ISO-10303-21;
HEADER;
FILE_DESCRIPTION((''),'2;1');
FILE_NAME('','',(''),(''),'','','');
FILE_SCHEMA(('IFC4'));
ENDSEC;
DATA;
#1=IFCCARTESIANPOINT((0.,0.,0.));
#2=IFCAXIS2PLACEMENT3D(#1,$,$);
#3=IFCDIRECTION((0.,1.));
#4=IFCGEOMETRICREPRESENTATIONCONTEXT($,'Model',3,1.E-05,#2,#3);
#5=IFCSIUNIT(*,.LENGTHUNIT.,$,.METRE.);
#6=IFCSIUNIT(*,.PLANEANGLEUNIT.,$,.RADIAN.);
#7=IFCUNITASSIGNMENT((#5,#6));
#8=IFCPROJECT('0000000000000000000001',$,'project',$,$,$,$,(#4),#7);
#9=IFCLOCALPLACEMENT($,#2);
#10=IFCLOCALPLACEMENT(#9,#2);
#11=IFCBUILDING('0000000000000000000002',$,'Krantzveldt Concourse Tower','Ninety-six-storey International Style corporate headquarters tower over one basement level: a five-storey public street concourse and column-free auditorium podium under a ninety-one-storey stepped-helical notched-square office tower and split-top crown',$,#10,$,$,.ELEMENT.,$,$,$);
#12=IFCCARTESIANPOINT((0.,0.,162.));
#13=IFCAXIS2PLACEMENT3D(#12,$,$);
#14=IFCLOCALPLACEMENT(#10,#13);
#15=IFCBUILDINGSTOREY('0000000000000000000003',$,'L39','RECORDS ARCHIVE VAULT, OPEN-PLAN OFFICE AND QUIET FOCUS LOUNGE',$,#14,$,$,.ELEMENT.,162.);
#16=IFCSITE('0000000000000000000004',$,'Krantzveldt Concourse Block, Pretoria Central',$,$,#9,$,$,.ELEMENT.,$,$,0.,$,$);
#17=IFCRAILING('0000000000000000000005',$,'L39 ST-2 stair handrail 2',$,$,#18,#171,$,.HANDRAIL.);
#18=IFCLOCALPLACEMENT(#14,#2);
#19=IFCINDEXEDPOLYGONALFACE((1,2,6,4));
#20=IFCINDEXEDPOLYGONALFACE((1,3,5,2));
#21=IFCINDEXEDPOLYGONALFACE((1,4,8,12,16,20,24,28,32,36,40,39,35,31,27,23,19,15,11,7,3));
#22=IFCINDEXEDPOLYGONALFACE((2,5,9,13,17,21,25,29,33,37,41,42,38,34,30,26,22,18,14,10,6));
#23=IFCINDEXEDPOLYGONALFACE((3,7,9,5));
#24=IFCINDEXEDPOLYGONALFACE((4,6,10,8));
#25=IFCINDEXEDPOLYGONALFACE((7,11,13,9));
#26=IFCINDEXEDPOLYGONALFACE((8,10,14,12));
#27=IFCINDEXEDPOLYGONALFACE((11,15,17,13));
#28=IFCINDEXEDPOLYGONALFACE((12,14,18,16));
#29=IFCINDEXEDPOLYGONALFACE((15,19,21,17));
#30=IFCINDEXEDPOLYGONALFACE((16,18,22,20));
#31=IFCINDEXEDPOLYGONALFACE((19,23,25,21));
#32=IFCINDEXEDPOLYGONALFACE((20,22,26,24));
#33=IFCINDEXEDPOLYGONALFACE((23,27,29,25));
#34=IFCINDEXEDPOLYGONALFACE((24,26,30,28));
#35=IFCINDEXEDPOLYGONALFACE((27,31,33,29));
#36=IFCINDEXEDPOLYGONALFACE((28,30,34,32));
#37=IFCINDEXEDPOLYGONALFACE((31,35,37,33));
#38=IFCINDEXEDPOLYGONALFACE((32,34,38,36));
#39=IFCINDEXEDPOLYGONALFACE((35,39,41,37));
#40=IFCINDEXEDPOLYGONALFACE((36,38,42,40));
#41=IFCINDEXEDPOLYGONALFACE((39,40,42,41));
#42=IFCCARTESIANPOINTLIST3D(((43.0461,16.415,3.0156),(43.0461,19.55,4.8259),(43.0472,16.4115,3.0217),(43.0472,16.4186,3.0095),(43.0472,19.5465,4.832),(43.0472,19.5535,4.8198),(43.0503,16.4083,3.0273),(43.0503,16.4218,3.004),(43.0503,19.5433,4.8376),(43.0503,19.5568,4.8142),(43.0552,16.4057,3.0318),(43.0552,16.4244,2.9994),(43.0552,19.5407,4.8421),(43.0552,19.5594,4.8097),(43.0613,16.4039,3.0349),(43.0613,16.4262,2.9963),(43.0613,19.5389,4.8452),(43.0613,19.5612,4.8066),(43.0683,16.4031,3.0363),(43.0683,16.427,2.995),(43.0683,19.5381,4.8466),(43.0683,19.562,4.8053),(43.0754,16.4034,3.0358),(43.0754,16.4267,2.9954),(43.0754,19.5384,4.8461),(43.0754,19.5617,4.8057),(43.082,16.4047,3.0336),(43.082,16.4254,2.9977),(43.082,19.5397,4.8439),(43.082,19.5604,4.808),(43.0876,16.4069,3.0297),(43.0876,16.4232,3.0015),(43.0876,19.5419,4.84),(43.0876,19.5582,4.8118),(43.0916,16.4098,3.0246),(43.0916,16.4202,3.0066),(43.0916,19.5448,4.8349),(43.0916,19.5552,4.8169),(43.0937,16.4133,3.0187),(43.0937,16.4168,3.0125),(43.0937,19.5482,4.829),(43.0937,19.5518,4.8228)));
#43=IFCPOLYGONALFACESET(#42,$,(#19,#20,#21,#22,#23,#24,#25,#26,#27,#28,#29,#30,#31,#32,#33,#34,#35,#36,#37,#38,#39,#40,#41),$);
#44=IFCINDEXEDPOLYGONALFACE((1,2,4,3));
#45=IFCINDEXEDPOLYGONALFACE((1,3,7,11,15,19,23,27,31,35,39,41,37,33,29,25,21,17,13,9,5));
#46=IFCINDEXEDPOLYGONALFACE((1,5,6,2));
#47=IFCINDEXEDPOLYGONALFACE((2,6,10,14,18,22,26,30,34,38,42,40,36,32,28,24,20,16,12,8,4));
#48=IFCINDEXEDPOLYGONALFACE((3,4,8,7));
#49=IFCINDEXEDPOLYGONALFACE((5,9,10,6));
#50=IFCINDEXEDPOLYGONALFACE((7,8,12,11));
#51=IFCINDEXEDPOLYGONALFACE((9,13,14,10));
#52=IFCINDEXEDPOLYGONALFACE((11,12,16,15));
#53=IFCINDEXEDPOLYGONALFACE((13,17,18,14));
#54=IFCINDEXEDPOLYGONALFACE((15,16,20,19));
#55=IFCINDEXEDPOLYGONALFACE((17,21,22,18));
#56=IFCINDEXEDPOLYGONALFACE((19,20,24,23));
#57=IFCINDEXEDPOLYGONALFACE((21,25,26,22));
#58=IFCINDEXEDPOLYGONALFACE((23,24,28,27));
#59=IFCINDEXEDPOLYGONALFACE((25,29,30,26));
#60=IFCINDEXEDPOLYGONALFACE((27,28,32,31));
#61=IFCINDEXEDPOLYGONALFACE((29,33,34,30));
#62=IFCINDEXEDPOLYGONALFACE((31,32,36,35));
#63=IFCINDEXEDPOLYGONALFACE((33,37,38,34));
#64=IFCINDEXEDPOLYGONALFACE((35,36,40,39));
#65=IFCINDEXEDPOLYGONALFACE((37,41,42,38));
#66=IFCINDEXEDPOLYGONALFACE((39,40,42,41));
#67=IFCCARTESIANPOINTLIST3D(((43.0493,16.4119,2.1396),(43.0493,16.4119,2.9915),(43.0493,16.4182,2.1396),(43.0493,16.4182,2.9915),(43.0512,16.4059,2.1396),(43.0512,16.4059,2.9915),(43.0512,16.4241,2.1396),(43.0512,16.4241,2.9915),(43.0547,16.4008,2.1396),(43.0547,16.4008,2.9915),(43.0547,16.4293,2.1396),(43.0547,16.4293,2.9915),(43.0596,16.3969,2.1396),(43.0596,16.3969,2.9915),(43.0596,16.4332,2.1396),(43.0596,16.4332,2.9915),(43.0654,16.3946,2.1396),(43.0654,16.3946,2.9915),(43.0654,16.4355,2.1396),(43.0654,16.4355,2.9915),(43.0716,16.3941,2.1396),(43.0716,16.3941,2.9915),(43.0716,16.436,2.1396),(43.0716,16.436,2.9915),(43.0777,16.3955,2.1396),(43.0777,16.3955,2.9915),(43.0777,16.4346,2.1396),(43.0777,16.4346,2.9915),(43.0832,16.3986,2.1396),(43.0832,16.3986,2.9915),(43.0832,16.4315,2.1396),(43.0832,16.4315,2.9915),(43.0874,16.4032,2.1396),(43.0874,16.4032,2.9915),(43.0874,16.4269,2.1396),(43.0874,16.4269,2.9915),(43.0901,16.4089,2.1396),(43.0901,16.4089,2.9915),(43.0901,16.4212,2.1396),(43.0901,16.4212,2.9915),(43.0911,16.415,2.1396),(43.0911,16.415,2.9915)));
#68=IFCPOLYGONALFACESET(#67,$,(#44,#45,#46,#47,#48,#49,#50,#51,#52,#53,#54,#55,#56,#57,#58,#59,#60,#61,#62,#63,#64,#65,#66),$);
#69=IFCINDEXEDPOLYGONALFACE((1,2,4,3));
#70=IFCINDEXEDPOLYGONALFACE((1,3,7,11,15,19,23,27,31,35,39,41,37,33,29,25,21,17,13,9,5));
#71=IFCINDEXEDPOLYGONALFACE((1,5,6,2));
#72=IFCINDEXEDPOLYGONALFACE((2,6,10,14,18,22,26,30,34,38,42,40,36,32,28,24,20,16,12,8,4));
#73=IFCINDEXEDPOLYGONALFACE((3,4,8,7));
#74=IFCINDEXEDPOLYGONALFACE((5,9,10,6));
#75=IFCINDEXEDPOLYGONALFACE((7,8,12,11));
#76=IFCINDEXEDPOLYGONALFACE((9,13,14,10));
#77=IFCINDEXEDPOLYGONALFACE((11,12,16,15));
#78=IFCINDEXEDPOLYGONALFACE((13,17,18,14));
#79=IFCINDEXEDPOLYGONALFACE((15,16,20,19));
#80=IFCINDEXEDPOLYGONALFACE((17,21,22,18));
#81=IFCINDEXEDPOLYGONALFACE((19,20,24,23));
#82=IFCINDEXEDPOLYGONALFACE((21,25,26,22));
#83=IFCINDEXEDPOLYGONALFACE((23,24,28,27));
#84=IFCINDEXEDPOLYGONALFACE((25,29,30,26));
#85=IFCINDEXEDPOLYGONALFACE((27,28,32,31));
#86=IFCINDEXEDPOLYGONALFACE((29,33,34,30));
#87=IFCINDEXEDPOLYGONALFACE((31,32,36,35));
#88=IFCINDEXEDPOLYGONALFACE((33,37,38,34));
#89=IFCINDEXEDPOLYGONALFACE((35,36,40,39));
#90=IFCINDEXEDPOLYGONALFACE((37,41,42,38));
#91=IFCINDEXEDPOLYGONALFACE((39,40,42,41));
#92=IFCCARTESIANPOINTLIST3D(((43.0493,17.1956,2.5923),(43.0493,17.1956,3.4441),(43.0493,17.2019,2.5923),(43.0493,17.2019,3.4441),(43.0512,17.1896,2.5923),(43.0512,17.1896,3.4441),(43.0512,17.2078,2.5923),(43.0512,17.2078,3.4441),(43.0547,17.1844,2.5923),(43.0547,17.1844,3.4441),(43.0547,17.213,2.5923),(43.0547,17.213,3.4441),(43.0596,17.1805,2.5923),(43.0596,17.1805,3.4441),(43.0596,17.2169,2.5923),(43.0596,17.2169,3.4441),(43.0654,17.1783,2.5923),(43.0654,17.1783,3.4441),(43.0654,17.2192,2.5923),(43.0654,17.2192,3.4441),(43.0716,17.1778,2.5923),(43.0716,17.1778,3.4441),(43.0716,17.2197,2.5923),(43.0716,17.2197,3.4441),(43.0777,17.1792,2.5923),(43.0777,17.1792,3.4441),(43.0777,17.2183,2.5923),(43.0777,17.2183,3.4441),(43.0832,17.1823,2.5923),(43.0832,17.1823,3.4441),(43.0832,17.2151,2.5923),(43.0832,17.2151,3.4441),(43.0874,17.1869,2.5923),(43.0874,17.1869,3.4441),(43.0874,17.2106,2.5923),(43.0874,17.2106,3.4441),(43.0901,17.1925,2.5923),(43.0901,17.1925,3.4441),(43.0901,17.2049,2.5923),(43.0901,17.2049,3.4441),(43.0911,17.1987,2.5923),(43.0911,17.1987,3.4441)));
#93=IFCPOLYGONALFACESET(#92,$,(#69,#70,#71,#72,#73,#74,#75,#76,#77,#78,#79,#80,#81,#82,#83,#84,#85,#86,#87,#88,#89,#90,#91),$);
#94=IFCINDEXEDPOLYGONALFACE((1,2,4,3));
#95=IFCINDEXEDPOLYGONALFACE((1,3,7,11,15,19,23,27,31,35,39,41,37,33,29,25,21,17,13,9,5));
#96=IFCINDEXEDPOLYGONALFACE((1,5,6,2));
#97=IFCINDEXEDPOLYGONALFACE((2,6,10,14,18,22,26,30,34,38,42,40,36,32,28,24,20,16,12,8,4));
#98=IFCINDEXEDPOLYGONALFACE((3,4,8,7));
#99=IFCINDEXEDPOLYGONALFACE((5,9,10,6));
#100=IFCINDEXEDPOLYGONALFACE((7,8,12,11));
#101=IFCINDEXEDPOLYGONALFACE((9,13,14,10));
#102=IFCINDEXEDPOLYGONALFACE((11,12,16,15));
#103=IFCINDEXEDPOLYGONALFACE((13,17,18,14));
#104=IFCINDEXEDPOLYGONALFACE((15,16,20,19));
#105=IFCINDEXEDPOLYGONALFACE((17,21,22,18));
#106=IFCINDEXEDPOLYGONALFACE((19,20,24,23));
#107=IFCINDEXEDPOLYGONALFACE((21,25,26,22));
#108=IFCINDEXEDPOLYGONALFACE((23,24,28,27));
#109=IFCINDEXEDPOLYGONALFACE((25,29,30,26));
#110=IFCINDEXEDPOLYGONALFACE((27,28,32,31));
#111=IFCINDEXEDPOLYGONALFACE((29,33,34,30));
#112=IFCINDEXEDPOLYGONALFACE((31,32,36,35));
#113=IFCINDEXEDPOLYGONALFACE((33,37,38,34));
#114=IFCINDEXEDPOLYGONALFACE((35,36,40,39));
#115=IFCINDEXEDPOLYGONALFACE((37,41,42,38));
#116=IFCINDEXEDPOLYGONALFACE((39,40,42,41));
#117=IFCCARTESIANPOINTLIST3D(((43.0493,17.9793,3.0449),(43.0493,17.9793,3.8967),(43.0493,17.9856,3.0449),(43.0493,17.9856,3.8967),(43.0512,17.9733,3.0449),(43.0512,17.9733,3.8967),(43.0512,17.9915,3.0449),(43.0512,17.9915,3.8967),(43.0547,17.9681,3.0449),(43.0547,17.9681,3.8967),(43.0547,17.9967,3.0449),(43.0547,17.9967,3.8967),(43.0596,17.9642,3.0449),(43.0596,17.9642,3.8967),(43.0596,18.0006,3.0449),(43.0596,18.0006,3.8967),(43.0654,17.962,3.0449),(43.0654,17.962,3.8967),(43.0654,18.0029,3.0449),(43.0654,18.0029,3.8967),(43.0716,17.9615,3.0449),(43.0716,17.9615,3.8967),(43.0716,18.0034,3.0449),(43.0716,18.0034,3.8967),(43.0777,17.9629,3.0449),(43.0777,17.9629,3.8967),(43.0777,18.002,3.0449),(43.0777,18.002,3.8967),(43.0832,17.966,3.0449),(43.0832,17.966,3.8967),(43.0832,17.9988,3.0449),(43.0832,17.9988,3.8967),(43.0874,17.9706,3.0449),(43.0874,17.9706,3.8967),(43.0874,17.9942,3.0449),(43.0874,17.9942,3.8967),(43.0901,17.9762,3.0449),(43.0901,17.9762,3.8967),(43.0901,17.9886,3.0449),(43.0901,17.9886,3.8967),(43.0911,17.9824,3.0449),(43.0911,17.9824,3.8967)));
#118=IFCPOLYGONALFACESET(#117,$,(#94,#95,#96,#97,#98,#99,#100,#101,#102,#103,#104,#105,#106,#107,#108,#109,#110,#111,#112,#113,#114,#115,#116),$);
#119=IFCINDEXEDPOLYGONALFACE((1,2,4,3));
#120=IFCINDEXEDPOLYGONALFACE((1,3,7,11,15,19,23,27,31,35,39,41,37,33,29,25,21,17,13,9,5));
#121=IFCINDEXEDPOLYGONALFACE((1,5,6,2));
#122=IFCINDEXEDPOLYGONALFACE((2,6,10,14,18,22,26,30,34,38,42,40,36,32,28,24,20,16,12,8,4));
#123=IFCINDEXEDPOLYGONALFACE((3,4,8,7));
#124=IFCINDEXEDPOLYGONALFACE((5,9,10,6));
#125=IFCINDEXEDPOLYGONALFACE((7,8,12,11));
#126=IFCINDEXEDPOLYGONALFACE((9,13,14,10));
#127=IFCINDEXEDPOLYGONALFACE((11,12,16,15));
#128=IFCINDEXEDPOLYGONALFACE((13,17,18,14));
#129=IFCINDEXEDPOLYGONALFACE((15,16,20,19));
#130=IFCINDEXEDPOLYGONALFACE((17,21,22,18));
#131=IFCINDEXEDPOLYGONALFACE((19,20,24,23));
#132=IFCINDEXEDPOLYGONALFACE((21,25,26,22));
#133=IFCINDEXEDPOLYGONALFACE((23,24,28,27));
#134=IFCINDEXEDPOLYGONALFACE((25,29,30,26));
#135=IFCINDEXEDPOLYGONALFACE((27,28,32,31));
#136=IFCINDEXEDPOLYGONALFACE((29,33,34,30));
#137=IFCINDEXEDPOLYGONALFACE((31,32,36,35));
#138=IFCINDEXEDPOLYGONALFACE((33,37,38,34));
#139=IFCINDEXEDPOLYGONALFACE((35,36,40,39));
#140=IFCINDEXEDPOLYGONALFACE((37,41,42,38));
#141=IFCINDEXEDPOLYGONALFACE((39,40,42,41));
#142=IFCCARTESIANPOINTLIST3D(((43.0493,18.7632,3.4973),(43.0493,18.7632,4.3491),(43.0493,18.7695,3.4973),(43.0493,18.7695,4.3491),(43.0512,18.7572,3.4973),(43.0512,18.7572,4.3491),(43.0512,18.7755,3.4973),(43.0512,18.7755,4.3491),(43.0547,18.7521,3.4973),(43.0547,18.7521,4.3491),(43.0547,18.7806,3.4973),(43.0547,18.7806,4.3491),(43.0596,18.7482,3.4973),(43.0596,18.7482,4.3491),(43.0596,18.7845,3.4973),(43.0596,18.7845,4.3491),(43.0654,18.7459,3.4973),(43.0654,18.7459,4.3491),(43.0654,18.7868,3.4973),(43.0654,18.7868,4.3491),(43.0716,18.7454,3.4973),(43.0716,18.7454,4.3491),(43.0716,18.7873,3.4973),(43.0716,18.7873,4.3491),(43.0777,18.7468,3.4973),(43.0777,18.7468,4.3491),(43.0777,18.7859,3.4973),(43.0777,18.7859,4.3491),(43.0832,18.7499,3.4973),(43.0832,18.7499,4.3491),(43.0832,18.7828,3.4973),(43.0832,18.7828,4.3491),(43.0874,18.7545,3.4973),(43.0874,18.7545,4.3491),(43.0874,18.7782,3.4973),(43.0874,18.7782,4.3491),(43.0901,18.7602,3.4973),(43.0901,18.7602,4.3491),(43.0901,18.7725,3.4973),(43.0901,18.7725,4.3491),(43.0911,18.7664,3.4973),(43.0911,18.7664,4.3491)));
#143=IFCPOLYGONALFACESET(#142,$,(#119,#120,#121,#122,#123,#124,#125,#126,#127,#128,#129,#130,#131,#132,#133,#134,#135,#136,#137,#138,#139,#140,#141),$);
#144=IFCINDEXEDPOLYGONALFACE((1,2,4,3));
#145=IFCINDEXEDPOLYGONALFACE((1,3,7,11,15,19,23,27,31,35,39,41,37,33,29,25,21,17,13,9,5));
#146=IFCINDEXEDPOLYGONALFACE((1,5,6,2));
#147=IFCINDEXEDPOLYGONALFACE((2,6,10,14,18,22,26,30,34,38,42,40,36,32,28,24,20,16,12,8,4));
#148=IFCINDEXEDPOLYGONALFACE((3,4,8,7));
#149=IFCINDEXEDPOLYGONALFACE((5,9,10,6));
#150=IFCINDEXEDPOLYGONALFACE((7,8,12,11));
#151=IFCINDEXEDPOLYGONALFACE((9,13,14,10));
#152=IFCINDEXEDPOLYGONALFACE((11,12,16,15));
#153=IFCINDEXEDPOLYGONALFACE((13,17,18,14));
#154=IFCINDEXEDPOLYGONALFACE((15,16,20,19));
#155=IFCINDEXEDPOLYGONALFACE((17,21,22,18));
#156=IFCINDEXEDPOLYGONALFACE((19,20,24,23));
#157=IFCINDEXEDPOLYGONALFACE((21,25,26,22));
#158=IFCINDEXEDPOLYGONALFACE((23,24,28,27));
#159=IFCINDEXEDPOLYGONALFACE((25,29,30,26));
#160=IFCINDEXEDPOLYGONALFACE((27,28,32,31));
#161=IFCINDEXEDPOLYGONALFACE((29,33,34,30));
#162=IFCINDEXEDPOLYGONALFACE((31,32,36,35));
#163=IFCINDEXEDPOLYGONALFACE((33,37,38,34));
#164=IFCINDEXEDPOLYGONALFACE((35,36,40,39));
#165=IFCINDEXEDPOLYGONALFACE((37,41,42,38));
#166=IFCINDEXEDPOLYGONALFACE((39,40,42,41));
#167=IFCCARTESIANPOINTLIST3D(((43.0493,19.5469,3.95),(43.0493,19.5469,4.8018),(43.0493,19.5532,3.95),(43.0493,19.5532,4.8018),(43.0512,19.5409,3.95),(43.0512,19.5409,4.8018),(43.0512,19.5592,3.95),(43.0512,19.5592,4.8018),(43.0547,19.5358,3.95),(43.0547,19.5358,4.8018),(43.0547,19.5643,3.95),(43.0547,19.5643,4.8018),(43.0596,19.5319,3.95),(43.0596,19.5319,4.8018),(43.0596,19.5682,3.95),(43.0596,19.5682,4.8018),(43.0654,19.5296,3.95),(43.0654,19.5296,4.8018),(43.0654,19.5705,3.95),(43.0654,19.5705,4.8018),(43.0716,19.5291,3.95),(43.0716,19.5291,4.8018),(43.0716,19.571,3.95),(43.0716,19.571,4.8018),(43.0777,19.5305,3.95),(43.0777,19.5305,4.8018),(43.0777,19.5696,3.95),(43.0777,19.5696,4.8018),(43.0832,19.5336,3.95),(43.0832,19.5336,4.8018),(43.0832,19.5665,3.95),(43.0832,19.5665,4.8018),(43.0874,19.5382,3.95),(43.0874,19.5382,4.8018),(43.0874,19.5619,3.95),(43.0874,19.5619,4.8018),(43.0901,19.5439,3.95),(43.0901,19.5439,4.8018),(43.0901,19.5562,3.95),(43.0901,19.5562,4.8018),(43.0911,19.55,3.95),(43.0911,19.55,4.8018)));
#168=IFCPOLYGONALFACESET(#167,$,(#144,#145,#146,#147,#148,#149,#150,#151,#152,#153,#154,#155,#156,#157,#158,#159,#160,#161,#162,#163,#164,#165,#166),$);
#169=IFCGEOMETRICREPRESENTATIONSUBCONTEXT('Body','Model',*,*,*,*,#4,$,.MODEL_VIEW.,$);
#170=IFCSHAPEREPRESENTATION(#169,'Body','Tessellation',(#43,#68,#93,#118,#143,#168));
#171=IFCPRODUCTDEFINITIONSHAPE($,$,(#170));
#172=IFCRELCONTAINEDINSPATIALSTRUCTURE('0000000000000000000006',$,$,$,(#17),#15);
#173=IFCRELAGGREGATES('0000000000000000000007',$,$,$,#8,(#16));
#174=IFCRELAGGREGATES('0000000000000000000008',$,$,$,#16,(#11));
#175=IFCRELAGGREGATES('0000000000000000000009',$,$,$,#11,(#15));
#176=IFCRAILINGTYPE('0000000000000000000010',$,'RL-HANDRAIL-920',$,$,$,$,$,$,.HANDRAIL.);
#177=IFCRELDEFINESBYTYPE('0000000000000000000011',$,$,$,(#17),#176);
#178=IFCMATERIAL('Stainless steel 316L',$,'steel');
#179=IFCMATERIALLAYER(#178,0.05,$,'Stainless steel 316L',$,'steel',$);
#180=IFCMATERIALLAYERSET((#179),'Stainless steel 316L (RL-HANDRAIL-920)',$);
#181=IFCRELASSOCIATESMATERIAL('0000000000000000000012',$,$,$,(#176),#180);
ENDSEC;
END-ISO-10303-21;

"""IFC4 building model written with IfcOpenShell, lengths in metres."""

from ifc_helpers import new_model, si_unit, direction, frame, origin, origin_2d, place, context, subcontext, project, spatial, circle, extrude, material, layer, layer_set, type_object, element, save


model = new_model("IFC4")

# Units and contexts
model_context = context("Model", 3, precision=1e-05, world=origin(), true_north=direction((0.0, 1.0)))
body_context = subcontext(model_context, "Body", "Model", "MODEL_VIEW")
ifc_project = project(units=[si_unit("LENGTHUNIT", "METRE"), si_unit("PLANEANGLEUNIT", "RADIAN")], contexts=[model_context])

# Site, building, storey
site_placement = place(None, origin())
site = spatial("IfcSite", under=ifc_project, at=site_placement, Name="Krantzveldt Concourse Block, Pretoria Central", CompositionType="ELEMENT", RefElevation=0.0)
building_placement = place(site_placement, origin())
building = spatial("IfcBuilding", under=site, at=building_placement, Name="Krantzveldt Concourse Tower", Description="Ninety-six-storey International Style corporate headquarters tower over one basement level: a five-storey public street concourse and column-free auditorium podium under a ninety-one-storey stepped-helical notched-square office tower and split-top crown", CompositionType="ELEMENT")
storey_placement = place(building_placement, frame((0.0, 0.0, 162.0)))
storey = spatial("IfcBuildingStorey", under=building, at=storey_placement, Name="L39", Description="RECORDS ARCHIVE VAULT, OPEN-PLAN OFFICE AND QUIET FOCUS LOUNGE", CompositionType="ELEMENT", Elevation=162.0)

# Railing
ifc_material_1 = material(Name="Stainless steel 316L", Category="steel")
ifc_layer_1 = layer(ifc_material_1, 0.05, Name="Stainless steel 316L", Category="steel")
ifc_layer_set_1 = layer_set([ifc_layer_1], Name="Stainless steel 316L (RL-HANDRAIL-920)")
railing_type_1 = type_object("IfcRailingType", Name="RL-HANDRAIL-920", PredefinedType="HANDRAIL", material=ifc_layer_set_1)
railing_1_placement = place(storey_placement, frame((43.0701, 16.415, 2.1396)))
element("IfcRailing", 1, at=railing_1_placement, inside=storey, type_object=railing_type_1, Name="L39 ST-2 stair handrail 2", PredefinedType="HANDRAIL", context=body_context, shape_type="SweptSolid", body=[
    extrude(circle(Radius=0.0239, at=origin_2d()), frame((0.0, 0.0, 0.876), z_axis=(0.0, 0.865989, 0.500063), x_axis=(-1.0, 0.0, 0.0)), (0.0, 0.0, 1.0), 3.6201),
    extrude(circle(Radius=0.021, at=origin_2d()), origin(), (0.0, 0.0, 1.0), 0.8518),
    extrude(circle(Radius=0.021, at=origin_2d()), frame((0.0, 0.7837, 0.4526)), (0.0, 0.0, 1.0), 0.8518),
    extrude(circle(Radius=0.021, at=origin_2d()), frame((0.0, 1.5674, 0.9053)), (0.0, 0.0, 1.0), 0.8518),
    extrude(circle(Radius=0.021, at=origin_2d()), frame((0.0, 2.3513, 1.3577)), (0.0, 0.0, 1.0), 0.8518),
    extrude(circle(Radius=0.021, at=origin_2d()), frame((0.0, 3.135, 1.8103)), (0.0, 0.0, 1.0), 0.8518),
])

save(model, "model.ifc")
